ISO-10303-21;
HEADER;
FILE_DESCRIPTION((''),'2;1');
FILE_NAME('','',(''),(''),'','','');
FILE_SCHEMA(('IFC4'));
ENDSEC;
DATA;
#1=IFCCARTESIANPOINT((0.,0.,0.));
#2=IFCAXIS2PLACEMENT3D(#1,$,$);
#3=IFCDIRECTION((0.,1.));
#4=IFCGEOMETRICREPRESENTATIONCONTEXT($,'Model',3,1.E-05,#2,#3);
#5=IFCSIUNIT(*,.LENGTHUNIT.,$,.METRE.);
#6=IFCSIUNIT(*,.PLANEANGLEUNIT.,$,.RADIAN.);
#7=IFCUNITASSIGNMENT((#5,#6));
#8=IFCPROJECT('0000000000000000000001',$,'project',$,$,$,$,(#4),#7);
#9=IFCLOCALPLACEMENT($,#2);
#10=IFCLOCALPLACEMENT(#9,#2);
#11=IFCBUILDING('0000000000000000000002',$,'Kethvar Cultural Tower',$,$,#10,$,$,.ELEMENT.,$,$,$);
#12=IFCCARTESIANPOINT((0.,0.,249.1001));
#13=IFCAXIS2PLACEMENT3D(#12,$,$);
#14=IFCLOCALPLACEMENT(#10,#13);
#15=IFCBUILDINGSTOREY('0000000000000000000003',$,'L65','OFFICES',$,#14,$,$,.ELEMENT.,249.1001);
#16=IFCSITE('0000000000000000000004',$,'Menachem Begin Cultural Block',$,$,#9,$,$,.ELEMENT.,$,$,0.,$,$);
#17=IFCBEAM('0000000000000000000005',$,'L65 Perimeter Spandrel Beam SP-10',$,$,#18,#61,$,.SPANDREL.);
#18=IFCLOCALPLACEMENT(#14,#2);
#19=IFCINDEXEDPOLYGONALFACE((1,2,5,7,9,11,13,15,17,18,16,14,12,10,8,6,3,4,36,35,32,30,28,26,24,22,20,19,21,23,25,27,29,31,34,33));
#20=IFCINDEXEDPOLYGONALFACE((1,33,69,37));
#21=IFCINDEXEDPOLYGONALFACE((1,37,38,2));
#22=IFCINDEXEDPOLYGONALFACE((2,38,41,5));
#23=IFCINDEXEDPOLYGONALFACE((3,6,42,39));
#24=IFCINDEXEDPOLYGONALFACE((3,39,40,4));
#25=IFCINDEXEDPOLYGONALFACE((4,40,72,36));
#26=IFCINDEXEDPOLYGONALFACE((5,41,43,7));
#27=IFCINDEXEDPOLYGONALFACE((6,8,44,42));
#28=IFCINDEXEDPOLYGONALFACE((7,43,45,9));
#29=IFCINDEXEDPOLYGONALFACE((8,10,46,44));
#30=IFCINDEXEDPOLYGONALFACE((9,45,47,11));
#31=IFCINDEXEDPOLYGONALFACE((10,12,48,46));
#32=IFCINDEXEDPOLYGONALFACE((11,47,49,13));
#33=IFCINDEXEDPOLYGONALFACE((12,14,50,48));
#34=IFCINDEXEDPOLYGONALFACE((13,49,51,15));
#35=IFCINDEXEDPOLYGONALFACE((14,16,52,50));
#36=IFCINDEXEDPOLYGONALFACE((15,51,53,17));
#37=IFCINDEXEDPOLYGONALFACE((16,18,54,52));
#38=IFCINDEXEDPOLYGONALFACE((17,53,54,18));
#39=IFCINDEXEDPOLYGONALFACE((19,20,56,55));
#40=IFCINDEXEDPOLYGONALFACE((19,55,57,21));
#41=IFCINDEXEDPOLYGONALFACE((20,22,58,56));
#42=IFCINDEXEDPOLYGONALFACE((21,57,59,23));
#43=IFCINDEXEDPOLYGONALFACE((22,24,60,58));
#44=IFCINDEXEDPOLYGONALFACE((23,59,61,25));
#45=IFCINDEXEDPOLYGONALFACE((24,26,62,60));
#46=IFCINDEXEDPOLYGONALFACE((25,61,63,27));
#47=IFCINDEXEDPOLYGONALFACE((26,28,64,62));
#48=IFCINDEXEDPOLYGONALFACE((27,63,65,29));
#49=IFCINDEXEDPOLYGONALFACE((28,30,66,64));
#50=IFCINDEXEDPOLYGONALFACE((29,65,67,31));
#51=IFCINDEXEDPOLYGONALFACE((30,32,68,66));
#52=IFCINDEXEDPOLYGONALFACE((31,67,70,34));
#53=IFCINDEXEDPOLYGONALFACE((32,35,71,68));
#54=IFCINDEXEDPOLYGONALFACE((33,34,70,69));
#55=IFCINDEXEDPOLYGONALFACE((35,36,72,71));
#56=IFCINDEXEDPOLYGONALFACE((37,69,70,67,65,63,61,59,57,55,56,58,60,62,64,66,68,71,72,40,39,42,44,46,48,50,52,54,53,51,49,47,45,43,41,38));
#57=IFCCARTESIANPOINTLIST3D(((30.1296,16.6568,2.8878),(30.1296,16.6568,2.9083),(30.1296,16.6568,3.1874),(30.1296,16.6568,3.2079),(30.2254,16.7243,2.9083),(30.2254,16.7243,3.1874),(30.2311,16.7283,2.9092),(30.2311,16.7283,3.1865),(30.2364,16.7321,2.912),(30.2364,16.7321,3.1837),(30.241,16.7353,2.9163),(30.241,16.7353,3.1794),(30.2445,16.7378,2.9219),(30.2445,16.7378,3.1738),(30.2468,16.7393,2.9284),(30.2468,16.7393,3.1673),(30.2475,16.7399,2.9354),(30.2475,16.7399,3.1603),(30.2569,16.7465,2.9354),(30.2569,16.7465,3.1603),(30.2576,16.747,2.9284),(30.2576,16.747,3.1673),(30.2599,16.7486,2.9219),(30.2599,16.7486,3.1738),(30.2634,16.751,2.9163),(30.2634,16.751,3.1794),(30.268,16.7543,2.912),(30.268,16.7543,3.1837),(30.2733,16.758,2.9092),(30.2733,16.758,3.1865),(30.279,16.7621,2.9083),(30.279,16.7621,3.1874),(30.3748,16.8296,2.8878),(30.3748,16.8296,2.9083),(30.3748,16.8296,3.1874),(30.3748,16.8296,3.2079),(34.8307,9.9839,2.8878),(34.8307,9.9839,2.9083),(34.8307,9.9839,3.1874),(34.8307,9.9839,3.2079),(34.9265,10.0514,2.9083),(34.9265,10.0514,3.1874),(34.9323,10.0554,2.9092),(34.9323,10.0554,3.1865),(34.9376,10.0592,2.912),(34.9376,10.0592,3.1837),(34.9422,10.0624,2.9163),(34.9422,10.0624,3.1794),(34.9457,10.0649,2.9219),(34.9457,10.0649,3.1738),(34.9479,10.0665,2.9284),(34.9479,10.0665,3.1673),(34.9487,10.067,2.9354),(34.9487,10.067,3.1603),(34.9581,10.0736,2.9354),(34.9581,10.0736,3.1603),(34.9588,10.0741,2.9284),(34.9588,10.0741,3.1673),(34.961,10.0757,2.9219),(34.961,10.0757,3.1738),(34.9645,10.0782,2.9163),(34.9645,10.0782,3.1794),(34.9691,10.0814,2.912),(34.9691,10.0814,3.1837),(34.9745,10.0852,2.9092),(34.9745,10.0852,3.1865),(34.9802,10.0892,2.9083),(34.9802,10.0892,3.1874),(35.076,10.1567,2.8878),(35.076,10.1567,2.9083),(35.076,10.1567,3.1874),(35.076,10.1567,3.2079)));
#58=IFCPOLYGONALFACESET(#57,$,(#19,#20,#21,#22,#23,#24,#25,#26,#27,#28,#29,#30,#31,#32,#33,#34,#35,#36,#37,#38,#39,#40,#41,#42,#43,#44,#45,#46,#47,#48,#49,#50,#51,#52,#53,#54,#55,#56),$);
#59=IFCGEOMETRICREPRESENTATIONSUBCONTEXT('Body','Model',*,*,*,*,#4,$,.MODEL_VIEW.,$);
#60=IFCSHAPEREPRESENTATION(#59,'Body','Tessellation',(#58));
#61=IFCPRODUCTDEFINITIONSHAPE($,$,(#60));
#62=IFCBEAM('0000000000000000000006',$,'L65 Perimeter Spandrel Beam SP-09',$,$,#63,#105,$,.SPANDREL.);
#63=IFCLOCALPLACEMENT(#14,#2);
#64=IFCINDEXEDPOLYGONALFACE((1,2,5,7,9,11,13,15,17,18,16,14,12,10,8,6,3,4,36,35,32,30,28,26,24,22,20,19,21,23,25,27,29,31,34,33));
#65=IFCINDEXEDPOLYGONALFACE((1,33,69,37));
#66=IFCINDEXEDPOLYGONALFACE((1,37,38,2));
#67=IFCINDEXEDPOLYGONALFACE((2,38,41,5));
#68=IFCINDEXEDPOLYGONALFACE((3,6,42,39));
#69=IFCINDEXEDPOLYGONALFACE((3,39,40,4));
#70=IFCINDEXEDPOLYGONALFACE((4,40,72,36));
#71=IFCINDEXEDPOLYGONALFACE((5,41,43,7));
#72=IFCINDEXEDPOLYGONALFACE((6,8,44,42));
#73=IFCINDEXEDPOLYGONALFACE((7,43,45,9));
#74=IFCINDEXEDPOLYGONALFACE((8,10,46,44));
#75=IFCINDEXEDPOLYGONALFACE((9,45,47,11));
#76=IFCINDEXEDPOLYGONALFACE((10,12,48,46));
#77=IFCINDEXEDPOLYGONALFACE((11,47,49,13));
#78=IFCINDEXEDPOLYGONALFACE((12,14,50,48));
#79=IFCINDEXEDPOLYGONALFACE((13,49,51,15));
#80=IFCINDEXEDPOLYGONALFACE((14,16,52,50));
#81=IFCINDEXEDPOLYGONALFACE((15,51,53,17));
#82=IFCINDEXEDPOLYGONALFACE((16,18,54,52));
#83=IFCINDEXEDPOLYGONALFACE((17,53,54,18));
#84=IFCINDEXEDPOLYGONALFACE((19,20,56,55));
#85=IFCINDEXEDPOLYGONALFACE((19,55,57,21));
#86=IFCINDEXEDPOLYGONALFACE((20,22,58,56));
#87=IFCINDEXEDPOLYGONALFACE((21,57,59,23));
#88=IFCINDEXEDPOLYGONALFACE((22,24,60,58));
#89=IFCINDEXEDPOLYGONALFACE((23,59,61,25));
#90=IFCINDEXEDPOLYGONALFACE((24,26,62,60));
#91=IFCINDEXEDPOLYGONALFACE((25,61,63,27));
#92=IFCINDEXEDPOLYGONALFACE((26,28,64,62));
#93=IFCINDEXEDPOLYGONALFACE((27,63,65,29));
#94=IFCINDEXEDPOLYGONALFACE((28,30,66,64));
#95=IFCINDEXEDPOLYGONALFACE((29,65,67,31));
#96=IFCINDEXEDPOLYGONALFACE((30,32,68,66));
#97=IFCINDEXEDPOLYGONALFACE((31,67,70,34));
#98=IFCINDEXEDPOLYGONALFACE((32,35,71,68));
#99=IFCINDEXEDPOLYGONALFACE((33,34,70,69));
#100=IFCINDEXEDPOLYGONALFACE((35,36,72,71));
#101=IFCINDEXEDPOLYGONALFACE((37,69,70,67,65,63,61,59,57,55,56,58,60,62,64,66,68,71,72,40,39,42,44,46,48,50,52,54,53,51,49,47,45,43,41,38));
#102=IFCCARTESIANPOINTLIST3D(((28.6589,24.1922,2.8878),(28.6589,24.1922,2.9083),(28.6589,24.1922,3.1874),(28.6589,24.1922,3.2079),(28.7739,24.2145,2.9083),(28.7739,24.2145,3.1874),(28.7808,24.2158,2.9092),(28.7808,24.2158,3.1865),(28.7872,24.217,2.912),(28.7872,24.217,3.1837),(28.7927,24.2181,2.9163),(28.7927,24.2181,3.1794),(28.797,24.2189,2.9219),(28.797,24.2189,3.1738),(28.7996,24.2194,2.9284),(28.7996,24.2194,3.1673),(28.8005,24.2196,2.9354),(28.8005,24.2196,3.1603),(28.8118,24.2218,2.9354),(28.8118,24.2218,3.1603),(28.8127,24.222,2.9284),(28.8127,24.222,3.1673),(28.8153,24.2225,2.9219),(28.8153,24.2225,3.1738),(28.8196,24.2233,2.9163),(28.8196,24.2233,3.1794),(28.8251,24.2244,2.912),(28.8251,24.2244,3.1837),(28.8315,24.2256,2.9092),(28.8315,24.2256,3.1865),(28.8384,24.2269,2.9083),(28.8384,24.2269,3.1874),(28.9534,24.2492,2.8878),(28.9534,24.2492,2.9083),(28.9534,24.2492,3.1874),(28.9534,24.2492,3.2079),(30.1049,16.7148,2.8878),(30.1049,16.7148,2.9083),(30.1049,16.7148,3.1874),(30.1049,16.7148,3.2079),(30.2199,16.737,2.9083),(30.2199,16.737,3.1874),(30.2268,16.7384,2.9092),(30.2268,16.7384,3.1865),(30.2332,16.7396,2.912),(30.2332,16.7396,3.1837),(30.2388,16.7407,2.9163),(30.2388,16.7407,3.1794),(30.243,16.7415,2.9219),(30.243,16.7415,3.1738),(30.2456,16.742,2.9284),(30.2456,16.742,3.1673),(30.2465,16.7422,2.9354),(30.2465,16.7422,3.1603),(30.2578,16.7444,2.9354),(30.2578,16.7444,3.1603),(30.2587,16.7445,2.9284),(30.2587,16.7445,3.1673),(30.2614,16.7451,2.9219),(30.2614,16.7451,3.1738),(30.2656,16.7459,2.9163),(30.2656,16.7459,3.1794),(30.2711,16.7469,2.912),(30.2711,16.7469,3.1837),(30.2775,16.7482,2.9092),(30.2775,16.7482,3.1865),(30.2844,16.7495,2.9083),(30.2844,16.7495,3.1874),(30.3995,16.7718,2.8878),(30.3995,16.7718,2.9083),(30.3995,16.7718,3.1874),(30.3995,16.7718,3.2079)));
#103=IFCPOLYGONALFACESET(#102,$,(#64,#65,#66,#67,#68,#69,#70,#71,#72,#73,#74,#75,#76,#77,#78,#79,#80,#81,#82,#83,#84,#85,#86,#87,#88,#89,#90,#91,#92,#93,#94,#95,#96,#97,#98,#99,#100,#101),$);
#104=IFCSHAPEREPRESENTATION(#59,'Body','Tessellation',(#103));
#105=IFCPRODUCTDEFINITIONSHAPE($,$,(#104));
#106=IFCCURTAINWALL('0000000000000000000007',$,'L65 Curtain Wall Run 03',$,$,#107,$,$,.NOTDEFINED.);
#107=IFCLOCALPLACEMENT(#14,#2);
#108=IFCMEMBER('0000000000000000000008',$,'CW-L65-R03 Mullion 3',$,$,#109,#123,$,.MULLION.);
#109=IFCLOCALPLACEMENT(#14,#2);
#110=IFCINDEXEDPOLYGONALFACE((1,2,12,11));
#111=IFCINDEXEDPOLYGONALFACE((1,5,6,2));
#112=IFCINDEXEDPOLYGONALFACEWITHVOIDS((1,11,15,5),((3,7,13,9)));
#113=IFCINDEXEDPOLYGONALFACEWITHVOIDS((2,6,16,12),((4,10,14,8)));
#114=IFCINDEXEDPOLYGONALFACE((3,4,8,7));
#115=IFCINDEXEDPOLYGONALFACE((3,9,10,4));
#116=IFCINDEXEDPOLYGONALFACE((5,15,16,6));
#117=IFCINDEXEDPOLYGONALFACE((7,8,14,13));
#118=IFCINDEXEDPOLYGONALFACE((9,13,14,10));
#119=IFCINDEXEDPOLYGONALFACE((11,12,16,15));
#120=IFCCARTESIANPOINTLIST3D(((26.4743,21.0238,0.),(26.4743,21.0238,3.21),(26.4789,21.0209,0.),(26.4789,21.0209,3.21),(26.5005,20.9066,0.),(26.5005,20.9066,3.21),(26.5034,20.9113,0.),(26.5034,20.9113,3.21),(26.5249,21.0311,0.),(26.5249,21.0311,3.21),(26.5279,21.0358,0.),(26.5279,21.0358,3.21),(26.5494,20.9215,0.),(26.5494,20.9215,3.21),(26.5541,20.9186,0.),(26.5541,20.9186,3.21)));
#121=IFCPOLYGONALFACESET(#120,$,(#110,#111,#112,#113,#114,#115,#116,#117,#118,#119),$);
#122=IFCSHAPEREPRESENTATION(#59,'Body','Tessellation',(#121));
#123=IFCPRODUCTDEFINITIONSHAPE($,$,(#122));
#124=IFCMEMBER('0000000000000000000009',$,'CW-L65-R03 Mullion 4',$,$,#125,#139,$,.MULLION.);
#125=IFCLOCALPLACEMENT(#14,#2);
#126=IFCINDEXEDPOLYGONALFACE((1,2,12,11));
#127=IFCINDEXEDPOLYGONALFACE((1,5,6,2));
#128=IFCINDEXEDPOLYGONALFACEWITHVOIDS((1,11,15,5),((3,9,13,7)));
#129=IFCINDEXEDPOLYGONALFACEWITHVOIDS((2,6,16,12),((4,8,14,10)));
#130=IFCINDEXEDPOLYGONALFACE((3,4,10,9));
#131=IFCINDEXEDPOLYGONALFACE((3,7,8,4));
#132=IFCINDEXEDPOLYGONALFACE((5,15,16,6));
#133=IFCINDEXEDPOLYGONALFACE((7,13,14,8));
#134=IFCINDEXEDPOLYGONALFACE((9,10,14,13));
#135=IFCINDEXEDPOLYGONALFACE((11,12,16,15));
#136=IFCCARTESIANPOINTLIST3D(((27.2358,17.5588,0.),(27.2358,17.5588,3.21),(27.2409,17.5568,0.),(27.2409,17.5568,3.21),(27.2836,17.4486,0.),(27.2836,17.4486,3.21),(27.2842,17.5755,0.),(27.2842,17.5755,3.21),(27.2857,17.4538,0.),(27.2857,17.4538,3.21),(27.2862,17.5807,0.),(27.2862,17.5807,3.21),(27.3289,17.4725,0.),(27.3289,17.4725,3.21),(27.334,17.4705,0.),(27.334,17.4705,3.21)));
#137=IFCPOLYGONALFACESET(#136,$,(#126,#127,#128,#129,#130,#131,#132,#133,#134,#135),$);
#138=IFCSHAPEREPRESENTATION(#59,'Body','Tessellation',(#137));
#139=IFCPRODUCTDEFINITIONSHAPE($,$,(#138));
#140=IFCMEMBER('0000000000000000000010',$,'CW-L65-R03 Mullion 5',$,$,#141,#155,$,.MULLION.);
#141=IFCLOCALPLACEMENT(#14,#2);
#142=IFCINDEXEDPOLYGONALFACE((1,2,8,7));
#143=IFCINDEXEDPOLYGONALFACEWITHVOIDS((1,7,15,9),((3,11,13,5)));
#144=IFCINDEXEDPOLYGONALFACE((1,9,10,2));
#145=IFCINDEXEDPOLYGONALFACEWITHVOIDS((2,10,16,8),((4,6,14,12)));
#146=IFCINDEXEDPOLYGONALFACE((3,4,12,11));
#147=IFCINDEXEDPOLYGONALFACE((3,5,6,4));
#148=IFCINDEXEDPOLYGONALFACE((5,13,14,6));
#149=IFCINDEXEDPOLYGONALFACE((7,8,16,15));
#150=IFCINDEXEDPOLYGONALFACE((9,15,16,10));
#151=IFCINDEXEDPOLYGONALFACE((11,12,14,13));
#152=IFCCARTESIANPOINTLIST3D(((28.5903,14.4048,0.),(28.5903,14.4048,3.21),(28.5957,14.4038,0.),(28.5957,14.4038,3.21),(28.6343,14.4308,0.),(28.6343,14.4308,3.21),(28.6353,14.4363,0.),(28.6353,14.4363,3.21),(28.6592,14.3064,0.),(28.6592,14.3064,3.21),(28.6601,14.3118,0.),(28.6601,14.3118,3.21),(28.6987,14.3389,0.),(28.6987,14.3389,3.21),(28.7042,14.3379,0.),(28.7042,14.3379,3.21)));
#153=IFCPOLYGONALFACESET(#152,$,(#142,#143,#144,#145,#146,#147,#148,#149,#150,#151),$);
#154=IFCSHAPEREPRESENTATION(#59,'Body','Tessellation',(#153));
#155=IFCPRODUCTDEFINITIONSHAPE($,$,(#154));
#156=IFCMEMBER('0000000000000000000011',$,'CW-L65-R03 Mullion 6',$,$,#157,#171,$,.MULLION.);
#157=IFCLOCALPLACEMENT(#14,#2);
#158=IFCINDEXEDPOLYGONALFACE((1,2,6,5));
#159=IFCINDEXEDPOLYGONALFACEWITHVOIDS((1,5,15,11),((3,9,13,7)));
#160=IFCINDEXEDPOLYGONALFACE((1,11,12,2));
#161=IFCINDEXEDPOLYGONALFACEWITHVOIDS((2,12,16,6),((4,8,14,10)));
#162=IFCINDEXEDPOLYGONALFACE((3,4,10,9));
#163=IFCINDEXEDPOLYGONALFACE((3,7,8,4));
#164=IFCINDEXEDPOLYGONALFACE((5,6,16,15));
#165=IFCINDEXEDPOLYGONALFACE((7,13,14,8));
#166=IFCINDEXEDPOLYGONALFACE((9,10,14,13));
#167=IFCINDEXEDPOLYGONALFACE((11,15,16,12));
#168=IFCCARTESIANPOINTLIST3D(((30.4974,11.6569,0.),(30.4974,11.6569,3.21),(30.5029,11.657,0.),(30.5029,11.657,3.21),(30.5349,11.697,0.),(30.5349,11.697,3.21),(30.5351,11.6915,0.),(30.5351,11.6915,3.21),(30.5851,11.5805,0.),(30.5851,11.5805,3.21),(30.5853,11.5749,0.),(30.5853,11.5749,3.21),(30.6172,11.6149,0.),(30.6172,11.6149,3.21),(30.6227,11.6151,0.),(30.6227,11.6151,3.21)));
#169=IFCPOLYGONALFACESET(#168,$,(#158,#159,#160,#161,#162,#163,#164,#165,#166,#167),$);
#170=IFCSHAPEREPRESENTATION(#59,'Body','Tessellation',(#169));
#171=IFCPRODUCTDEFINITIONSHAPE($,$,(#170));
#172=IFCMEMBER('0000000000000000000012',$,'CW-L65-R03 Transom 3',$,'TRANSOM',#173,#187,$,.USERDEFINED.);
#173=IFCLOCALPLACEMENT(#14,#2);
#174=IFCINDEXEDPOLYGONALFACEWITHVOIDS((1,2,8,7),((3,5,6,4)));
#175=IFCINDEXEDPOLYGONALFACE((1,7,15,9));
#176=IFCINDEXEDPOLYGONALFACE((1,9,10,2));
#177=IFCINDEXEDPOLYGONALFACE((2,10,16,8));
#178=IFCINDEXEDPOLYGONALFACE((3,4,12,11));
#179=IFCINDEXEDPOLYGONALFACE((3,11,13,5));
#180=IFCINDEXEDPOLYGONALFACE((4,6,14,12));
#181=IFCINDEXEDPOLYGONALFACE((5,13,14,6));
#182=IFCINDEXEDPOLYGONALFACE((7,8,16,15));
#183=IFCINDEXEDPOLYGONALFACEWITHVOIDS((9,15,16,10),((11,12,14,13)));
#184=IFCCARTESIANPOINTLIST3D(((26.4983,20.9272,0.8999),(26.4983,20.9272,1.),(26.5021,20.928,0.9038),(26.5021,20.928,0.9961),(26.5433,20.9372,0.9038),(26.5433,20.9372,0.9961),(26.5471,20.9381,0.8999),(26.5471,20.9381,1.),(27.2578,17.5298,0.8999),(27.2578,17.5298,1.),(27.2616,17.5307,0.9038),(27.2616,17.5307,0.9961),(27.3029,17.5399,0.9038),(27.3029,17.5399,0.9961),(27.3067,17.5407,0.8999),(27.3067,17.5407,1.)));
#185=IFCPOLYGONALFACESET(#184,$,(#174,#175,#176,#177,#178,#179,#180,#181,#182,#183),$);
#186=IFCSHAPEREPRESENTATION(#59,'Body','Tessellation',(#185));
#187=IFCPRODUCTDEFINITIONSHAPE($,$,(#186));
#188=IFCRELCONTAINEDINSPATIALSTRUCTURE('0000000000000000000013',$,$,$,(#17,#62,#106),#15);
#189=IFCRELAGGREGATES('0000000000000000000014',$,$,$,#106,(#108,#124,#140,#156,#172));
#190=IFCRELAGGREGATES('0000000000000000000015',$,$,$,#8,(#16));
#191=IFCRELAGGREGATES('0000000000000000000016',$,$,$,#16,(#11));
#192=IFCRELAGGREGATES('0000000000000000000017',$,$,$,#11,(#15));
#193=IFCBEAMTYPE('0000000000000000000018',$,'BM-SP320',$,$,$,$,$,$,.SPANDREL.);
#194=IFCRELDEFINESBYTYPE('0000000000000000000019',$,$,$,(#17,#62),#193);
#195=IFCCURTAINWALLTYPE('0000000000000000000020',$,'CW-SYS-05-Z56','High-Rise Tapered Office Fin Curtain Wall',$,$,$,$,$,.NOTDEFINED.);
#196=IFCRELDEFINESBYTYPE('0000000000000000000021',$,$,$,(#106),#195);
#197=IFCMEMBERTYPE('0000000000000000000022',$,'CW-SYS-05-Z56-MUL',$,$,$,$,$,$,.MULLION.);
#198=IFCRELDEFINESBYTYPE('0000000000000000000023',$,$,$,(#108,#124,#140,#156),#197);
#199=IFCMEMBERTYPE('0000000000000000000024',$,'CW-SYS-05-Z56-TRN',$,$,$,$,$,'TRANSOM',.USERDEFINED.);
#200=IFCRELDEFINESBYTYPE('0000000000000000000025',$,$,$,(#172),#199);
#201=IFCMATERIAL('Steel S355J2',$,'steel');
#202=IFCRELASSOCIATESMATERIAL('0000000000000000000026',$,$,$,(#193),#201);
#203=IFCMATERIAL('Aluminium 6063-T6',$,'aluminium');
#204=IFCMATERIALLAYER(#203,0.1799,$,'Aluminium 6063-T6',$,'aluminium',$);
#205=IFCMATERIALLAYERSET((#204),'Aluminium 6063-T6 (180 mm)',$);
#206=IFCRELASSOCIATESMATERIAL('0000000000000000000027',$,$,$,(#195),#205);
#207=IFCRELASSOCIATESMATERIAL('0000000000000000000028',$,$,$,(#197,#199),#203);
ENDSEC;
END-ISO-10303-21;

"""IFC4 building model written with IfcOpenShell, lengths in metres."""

from ifc_helpers import new_model, si_unit, direction, frame, origin, origin_2d, place, context, subcontext, project, spatial, hollow_rectangle, i_section, extrude, source, transform, mapped, material, layer, layer_set, material_profile, profile_set, type_object, element, aggregate, save


model = new_model("IFC4")

# Units and contexts
model_context = context("Model", 3, precision=1e-05, world=origin(), true_north=direction((0.0, 1.0)))
body_context = subcontext(model_context, "Body", "Model", "MODEL_VIEW")
ifc_project = project(units=[si_unit("LENGTHUNIT", "METRE"), si_unit("PLANEANGLEUNIT", "RADIAN")], contexts=[model_context])

# Site, building, storey
site_placement = place(None, origin())
site = spatial("IfcSite", under=ifc_project, at=site_placement, Name="Menachem Begin Cultural Block", CompositionType="ELEMENT", RefElevation=0.0)
building_placement = place(site_placement, origin())
building = spatial("IfcBuilding", under=site, at=building_placement, Name="Kethvar Cultural Tower", CompositionType="ELEMENT")
storey_placement = place(building_placement, frame((0.0, 0.0, 249.1001)))
storey = spatial("IfcBuildingStorey", under=building, at=storey_placement, Name="L65", Description="OFFICES", CompositionType="ELEMENT", Elevation=249.1001)

# Beams
ifc_material_1 = material(Name="Steel S355J2", Category="steel")
ifc_material_profile_1 = material_profile(ifc_material_1, i_section(OverallWidth=0.3, OverallDepth=0.3201, WebThickness=0.0115, FlangeThickness=0.0205, FilletRadius=0.0271, at=origin_2d()), Name="Steel S355J2 — HEB320")
ifc_profile_set_1 = profile_set([ifc_material_profile_1], Name="Steel S355J2 — HEB320")
beam_type = type_object("IfcBeamType", Name="BM-SP320", PredefinedType="SPANDREL", material=ifc_profile_set_1)
shared_shape_1 = source(origin(), body_context, "Body", "SweptSolid", [
    extrude(i_section(OverallWidth=0.3, OverallDepth=0.3201, WebThickness=0.0115, FlangeThickness=0.0205, FilletRadius=0.0271, at=origin_2d()), origin(), (0.0, 0.0, 1.0), 8.1626),
])
beam_1_placement = place(storey_placement, frame((30.2522, 16.7432, 3.0479), z_axis=(0.575941, -0.817491, 0.0), x_axis=(0.817491, 0.575941, 0.0)))
element("IfcBeam", 1, at=beam_1_placement, inside=storey, type_object=beam_type, Name="L65 Perimeter Spandrel Beam SP-10", PredefinedType="SPANDREL", context=body_context, shape_type="MappedRepresentation", body=[
    mapped(shared_shape_1, transform((0.0, 0.0, 0.0), scale=1.0)),
])
shared_shape_2 = source(origin(), body_context, "Body", "SweptSolid", [
    extrude(i_section(OverallWidth=0.3, OverallDepth=0.3201, WebThickness=0.0115, FlangeThickness=0.0205, FilletRadius=0.0271, at=origin_2d()), origin(), (0.0, 0.0, 1.0), 7.616),
])
beam_2_placement = place(storey_placement, frame((28.8062, 24.2207, 3.0479), z_axis=(0.189867, -0.98181, 0.0), x_axis=(0.98181, 0.189867, 0.0)))
element("IfcBeam", 2, at=beam_2_placement, inside=storey, type_object=beam_type, Name="L65 Perimeter Spandrel Beam SP-09", PredefinedType="SPANDREL", context=body_context, shape_type="MappedRepresentation", body=[
    mapped(shared_shape_2, transform((0.0, 0.0, 0.0), scale=1.0)),
])

# Curtain wall, members
ifc_material_2 = material(Name="Aluminium 6063-T6", Category="aluminium")
ifc_layer_1 = layer(ifc_material_2, 0.1799, Name="Aluminium 6063-T6", Category="aluminium")
ifc_layer_set_1 = layer_set([ifc_layer_1], Name="Aluminium 6063-T6 (180 mm)")
curtain_wall_type = type_object("IfcCurtainWallType", Name="CW-SYS-05-Z56", Description="High-Rise Tapered Office Fin Curtain Wall", PredefinedType="NOTDEFINED", material=ifc_layer_set_1)
curtain_wall_placement = place(storey_placement, origin())
curtain_wall = element("IfcCurtainWall", 3, at=curtain_wall_placement, inside=storey, type_object=curtain_wall_type, Name="L65 Curtain Wall Run 03", PredefinedType="NOTDEFINED")
ifc_material_profile_2 = material_profile(ifc_material_2, hollow_rectangle(XDim=0.0549, YDim=0.1201, WallThickness=0.0039, at=origin_2d()), Name="Aluminium 6063-T6 — RHS120x55x4")
ifc_profile_set_2 = profile_set([ifc_material_profile_2], Name="Aluminium 6063-T6 — RHS120x55x4")
member_type_1 = type_object("IfcMemberType", Name="CW-SYS-05-Z56-MUL", PredefinedType="MULLION", material=ifc_profile_set_2)
shared_shape_3 = source(origin(), body_context, "Body", "SweptSolid", [
    extrude(hollow_rectangle(XDim=0.0549, YDim=0.1201, WallThickness=0.0039, at=origin_2d()), origin(), (0.0, 0.0, 1.0), 3.21),
])
member_1_placement = place(storey_placement, frame((26.5142, 20.9712, 0.0), z_axis=(0.0, 0.0, 1.0), x_axis=(0.975921, 0.218126, 0.0)))
member_1 = element("IfcMember", 4, at=member_1_placement, type_object=member_type_1, Name="CW-L65-R03 Mullion 3", PredefinedType="MULLION", context=body_context, shape_type="MappedRepresentation", body=[
    mapped(shared_shape_3, transform((0.0, 0.0, 0.0), scale=1.0)),
])
member_2_placement = place(storey_placement, frame((27.2849, 17.5146, 0.0), z_axis=(0.0, 0.0, 1.0), x_axis=(0.917297, 0.398205, 0.0)))
member_2 = element("IfcMember", 5, at=member_2_placement, type_object=member_type_1, Name="CW-L65-R03 Mullion 4", PredefinedType="MULLION", context=body_context, shape_type="MappedRepresentation", body=[
    mapped(shared_shape_3, transform((0.0, 0.0, 0.0), scale=1.0)),
])
member_3_placement = place(storey_placement, frame((28.6472, 14.3713, 0.0), z_axis=(0.0, 0.0, 1.0), x_axis=(0.819142, 0.573591, 0.0)))
member_3 = element("IfcMember", 6, at=member_3_placement, type_object=member_type_1, Name="CW-L65-R03 Mullion 5", PredefinedType="MULLION", context=body_context, shape_type="MappedRepresentation", body=[
    mapped(shared_shape_3, transform((0.0, 0.0, 0.0), scale=1.0)),
])
member_4_placement = place(storey_placement, frame((30.5601, 11.636, 0.0), z_axis=(0.0, 0.0, 1.0), x_axis=(0.681909, 0.731437, 0.0)))
member_4 = element("IfcMember", 7, at=member_4_placement, type_object=member_type_1, Name="CW-L65-R03 Mullion 6", PredefinedType="MULLION", context=body_context, shape_type="MappedRepresentation", body=[
    mapped(shared_shape_3, transform((0.0, 0.0, 0.0), scale=1.0)),
])
ifc_material_profile_3 = material_profile(ifc_material_2, hollow_rectangle(XDim=0.05, YDim=0.1001, WallThickness=0.0039, at=origin_2d()), Name="Aluminium 6063-T6 — RHS100x50x4")
ifc_profile_set_3 = profile_set([ifc_material_profile_3], Name="Aluminium 6063-T6 — RHS100x50x4")
member_type_2 = type_object("IfcMemberType", Name="CW-SYS-05-Z56-TRN", ElementType="TRANSOM", PredefinedType="USERDEFINED", material=ifc_profile_set_3)
shared_shape_4 = source(origin(), body_context, "Body", "SweptSolid", [
    extrude(hollow_rectangle(XDim=0.05, YDim=0.1001, WallThickness=0.0039, at=origin_2d()), origin(), (0.0, 0.0, 1.0), 3.4812),
])
member_5_placement = place(storey_placement, frame((26.5227, 20.9326, 0.95), z_axis=(0.218185, -0.975907, 0.0), x_axis=(0.975907, 0.218185, 0.0)))
member_5 = element("IfcMember", 8, at=member_5_placement, type_object=member_type_2, Name="CW-L65-R03 Transom 3", ObjectType="TRANSOM", PredefinedType="USERDEFINED", context=body_context, shape_type="MappedRepresentation", body=[
    mapped(shared_shape_4, transform((0.0, 0.0, 0.0), scale=1.0)),
])
aggregate(curtain_wall, [member_1, member_2, member_3, member_4, member_5])

save(model, "model.ifc")
